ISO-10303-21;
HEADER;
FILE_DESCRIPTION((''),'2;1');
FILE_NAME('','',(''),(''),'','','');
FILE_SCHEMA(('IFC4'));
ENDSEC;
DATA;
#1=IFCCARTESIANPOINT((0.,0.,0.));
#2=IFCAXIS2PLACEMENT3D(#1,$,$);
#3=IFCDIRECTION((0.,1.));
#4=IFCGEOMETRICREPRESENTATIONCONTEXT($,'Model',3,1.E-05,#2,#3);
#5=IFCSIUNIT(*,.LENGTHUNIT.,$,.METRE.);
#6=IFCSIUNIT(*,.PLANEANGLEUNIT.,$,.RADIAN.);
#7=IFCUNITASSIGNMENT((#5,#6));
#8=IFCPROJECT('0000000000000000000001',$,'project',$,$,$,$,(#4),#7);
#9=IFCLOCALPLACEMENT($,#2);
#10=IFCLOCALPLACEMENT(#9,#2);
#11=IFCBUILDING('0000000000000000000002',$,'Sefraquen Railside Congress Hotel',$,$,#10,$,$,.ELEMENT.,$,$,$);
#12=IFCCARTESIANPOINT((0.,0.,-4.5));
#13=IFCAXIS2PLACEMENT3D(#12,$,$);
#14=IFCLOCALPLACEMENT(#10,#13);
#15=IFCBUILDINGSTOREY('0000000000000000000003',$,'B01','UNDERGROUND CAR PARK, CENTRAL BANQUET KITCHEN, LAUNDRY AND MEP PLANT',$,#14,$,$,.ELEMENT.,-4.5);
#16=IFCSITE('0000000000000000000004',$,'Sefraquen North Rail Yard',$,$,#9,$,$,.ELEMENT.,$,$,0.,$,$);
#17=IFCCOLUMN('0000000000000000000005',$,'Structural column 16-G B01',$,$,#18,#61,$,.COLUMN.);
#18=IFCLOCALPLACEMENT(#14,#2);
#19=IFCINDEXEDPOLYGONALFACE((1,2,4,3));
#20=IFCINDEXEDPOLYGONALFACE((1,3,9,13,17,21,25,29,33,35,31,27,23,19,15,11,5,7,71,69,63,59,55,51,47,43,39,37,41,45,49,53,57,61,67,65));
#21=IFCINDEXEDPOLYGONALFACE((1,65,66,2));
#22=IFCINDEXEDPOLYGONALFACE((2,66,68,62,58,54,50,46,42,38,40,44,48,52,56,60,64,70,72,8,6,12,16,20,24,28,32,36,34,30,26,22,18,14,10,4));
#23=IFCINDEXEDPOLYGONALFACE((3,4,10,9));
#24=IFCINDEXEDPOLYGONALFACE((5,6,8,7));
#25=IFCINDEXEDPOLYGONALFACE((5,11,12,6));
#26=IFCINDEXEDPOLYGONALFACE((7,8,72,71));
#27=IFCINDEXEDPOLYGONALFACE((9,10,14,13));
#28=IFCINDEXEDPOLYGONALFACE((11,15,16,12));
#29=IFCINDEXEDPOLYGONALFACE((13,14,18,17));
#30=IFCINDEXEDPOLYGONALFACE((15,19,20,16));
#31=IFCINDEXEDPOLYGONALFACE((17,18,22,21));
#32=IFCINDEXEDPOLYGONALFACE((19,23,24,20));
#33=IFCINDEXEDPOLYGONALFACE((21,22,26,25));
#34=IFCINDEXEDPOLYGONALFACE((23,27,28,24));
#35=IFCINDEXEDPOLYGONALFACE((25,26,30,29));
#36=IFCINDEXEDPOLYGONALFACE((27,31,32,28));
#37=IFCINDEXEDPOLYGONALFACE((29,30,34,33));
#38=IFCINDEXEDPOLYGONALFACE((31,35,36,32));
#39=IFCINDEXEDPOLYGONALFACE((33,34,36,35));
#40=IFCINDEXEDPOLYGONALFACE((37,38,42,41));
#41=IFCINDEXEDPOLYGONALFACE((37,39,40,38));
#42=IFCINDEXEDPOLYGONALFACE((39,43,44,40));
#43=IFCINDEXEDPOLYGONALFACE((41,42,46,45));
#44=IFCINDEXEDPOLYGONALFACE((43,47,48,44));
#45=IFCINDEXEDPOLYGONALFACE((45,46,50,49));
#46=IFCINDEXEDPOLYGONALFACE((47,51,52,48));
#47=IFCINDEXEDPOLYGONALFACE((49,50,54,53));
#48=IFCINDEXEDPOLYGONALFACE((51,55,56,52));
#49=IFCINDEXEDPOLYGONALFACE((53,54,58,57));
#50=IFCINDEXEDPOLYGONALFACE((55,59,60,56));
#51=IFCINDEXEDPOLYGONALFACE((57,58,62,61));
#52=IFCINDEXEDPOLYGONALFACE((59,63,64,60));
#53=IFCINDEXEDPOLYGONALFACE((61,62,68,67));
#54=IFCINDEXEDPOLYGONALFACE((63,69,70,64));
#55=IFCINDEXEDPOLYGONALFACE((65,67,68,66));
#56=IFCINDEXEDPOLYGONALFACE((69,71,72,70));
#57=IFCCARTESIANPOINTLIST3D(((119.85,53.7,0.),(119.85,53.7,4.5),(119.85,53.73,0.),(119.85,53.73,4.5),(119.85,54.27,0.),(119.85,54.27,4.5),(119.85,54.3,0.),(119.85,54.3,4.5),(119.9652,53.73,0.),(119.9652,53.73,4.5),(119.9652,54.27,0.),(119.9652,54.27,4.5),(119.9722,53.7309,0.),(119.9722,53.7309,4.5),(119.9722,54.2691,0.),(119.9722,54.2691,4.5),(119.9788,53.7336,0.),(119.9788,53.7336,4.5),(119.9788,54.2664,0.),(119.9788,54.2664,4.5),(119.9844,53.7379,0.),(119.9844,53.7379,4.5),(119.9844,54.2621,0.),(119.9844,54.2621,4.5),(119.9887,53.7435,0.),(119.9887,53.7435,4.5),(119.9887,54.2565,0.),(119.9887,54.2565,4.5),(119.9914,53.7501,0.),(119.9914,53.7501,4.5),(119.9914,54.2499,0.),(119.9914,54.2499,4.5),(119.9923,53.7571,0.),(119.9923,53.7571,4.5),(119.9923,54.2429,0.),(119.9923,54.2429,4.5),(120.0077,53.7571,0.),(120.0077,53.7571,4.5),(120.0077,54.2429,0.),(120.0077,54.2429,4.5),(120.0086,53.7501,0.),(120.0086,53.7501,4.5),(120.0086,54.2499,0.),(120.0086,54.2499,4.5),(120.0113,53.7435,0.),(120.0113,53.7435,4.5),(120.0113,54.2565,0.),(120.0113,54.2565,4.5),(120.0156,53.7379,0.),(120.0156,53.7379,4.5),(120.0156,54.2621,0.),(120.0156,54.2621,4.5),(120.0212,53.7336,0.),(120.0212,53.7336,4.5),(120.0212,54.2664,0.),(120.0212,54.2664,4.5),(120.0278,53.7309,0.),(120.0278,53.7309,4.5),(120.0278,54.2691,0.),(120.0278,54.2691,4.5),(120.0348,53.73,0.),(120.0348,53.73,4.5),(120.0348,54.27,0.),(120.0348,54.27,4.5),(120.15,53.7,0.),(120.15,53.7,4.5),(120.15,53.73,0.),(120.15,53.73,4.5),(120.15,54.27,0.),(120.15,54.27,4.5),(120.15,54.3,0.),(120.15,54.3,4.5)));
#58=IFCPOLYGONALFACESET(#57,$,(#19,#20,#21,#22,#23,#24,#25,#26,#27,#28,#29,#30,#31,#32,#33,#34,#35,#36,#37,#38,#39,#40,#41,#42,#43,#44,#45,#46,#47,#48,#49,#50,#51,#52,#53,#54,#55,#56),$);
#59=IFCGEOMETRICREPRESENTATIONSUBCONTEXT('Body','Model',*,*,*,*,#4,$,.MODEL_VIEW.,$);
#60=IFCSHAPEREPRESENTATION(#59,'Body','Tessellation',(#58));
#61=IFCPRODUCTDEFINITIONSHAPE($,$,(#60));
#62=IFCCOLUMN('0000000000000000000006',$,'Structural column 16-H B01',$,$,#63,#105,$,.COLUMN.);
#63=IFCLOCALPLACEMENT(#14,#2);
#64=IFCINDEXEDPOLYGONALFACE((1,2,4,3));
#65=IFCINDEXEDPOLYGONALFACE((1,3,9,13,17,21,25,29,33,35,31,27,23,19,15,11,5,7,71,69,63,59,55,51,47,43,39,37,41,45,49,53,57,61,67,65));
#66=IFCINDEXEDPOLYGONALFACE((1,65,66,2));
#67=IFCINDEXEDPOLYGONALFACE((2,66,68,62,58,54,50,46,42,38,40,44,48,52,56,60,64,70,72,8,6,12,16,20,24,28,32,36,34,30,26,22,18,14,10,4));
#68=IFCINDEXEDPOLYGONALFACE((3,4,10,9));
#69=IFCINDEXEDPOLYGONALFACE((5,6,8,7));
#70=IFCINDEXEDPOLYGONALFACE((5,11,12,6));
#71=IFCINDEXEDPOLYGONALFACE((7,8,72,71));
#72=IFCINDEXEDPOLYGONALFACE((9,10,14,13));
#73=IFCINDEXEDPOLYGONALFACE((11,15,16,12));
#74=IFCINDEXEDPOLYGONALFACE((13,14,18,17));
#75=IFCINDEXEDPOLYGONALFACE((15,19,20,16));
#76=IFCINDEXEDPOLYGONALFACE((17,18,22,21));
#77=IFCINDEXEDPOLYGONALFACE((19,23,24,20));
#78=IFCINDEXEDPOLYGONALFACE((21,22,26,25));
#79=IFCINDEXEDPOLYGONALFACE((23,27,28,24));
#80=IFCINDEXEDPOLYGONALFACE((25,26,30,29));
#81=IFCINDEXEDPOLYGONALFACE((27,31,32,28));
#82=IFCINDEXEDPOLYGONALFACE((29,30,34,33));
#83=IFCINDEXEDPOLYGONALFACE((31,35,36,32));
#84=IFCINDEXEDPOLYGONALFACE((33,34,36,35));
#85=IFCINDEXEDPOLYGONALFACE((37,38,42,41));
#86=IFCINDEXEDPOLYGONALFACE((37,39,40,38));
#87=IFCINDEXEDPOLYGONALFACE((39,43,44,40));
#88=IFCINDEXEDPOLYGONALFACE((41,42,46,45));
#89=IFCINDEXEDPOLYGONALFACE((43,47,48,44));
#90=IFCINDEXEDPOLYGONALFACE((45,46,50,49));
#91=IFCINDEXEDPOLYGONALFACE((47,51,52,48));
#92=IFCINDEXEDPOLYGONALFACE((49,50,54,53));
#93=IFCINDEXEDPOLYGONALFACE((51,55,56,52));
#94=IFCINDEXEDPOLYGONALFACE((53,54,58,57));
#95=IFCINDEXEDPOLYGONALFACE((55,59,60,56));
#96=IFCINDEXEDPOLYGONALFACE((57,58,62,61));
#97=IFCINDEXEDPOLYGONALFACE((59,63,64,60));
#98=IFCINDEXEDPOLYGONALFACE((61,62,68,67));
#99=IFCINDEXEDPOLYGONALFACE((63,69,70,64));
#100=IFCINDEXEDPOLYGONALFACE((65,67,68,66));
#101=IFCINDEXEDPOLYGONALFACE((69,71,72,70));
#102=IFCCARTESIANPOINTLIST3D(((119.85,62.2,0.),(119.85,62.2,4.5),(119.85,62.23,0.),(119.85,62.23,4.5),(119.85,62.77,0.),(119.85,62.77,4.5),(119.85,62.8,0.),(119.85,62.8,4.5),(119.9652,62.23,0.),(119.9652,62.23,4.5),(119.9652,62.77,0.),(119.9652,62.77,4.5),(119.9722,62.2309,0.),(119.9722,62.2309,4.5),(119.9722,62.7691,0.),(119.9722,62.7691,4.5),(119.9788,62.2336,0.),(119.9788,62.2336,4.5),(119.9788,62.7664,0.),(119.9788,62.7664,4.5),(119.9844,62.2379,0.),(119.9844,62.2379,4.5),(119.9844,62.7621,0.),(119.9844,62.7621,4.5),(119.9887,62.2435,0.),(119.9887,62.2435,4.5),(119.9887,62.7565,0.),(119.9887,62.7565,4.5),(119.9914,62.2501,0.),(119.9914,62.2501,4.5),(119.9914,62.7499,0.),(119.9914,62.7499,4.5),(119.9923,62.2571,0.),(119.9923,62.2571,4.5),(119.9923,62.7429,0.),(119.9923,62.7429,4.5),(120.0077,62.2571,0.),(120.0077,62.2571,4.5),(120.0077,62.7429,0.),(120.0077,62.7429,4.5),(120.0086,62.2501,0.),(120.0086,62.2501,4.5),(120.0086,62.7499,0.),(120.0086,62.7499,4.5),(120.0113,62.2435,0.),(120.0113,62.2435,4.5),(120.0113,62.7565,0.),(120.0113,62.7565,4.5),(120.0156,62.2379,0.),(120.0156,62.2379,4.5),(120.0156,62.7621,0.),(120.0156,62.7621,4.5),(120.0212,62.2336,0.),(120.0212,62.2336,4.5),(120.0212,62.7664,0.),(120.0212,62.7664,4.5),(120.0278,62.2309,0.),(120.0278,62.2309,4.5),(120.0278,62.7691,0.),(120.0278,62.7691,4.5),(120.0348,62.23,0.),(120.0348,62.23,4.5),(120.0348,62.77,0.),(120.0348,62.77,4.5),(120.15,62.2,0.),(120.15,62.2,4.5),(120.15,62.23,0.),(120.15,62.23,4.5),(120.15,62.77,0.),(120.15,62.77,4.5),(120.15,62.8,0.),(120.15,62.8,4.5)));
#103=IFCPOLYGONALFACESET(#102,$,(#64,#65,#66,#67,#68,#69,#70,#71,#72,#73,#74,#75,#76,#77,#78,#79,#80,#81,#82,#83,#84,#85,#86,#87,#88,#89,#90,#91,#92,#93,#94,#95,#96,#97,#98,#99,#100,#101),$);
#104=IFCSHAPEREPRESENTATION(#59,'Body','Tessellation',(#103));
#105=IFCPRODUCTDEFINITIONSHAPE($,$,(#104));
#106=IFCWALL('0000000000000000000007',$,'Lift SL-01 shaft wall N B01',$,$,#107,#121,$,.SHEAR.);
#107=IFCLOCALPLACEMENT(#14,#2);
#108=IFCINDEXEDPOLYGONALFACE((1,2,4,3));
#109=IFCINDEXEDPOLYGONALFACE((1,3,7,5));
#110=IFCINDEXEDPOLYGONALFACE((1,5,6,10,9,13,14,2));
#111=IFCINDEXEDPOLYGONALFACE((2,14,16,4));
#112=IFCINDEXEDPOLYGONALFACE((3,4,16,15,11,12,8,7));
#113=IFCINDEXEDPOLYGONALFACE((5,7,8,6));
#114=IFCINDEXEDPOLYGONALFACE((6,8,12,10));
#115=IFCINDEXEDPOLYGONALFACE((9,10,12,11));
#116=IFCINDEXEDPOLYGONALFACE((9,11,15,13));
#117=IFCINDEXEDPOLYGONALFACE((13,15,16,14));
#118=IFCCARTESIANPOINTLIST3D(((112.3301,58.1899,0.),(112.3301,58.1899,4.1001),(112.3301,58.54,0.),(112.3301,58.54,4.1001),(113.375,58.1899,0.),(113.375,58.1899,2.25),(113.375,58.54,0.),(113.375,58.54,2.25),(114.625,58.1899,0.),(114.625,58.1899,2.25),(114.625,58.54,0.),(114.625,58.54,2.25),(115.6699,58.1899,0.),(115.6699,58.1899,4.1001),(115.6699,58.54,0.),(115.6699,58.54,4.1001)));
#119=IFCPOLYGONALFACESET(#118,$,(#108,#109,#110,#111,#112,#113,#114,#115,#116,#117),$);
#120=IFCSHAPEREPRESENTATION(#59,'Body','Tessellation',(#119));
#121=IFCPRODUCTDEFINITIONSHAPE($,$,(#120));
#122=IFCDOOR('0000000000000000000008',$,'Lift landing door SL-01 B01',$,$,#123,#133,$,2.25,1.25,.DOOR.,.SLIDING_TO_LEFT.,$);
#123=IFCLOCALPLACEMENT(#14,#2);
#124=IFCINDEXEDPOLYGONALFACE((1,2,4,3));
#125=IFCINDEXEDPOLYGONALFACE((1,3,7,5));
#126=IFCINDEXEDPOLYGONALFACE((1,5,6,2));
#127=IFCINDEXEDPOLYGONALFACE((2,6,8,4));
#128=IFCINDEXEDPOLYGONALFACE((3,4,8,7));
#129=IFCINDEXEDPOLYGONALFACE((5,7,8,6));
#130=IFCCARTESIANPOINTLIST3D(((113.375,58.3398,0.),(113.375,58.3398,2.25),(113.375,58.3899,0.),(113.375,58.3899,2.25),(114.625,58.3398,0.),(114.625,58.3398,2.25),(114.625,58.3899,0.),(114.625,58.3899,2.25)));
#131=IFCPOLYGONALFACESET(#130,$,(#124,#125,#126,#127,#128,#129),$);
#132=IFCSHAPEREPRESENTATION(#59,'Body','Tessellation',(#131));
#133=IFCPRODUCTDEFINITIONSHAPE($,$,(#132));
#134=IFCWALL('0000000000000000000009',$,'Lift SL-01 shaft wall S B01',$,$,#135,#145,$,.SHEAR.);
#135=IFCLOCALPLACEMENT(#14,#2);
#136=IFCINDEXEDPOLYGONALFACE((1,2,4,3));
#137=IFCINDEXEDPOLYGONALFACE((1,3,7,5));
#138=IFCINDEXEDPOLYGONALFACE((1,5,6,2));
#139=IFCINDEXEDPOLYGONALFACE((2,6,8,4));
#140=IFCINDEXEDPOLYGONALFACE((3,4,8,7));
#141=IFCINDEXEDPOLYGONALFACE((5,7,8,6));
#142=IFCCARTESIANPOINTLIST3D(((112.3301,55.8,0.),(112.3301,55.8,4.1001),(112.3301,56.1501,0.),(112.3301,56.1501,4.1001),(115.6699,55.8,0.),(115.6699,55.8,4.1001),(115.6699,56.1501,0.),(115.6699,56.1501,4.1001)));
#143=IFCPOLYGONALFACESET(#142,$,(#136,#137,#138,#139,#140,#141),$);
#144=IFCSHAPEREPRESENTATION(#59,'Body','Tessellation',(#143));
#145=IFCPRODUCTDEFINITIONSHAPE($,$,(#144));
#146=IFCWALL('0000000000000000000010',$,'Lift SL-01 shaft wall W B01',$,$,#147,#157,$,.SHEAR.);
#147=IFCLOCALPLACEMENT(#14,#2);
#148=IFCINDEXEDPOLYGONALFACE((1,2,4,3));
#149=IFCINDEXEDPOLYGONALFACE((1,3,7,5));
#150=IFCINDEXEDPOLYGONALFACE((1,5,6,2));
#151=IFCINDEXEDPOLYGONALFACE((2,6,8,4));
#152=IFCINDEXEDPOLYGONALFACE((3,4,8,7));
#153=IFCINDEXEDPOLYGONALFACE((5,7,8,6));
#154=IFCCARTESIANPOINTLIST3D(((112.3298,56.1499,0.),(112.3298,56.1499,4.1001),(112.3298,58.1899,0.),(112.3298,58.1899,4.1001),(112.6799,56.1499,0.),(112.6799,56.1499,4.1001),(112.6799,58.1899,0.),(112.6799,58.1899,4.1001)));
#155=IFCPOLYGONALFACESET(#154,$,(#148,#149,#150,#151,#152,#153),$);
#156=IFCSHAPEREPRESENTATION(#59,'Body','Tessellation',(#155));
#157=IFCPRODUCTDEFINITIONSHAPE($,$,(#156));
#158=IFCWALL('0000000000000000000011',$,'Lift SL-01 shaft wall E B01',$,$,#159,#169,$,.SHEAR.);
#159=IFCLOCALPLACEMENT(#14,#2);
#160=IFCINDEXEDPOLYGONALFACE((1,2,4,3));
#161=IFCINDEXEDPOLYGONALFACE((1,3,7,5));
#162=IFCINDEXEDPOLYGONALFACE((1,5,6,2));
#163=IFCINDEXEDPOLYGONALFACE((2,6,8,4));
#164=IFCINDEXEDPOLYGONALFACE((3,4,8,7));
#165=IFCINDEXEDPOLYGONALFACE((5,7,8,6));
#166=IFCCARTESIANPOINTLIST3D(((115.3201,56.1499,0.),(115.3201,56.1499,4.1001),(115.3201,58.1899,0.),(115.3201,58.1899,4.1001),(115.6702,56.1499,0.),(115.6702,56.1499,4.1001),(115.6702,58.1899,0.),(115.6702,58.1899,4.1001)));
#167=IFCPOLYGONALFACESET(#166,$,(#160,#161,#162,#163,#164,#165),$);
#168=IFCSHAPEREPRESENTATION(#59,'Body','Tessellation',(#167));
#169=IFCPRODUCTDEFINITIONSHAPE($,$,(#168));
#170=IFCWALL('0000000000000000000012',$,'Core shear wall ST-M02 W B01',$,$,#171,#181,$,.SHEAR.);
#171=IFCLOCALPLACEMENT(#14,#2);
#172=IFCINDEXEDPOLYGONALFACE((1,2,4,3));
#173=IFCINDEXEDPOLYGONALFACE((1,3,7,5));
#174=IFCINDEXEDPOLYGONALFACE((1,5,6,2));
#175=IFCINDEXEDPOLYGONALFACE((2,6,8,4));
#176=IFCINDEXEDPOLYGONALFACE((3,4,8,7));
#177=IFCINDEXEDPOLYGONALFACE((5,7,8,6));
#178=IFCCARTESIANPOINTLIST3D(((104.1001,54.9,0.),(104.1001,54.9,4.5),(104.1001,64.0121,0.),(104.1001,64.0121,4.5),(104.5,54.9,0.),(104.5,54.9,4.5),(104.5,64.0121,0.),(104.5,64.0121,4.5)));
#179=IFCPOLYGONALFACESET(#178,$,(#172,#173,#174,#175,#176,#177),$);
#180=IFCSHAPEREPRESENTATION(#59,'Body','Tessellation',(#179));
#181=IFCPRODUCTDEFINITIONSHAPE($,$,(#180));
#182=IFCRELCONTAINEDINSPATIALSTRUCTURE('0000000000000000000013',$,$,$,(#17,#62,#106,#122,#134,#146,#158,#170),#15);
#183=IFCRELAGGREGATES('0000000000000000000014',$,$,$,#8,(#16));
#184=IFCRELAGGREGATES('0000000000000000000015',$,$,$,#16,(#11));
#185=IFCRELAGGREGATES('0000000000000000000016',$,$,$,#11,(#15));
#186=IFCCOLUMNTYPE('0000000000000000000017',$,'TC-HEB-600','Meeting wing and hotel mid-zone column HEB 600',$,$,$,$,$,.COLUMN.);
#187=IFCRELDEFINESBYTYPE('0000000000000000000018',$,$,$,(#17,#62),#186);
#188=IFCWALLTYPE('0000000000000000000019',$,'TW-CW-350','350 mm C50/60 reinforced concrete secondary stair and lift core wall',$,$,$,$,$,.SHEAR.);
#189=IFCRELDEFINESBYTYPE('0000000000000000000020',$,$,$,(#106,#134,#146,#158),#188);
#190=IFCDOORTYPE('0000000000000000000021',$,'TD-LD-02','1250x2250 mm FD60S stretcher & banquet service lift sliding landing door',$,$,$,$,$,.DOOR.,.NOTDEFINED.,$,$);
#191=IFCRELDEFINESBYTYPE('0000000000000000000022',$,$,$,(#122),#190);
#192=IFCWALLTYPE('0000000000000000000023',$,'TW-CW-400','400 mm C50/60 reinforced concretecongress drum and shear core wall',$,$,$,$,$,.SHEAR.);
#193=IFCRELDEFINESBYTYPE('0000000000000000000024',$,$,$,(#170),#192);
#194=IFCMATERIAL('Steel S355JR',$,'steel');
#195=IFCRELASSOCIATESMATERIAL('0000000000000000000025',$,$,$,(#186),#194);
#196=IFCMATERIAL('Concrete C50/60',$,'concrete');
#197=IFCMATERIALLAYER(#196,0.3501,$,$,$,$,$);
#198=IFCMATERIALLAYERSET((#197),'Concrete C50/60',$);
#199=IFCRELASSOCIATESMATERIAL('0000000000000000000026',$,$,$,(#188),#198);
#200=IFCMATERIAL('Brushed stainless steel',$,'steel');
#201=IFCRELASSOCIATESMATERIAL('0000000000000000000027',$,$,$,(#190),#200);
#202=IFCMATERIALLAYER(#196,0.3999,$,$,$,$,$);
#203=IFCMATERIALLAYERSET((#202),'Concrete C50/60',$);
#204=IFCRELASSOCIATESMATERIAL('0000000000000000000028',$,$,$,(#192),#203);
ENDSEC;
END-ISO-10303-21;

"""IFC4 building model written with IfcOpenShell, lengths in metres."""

from ifc_helpers import new_model, si_unit, direction, frame, frame_2d, origin, origin_2d, place, context, subcontext, project, spatial, rectangle, i_section, extrude, material, layer, layer_set, material_profile, profile_set, type_object, element, fill, save


model = new_model("IFC4")

# Units and contexts
model_context = context("Model", 3, precision=1e-05, world=origin(), true_north=direction((0.0, 1.0)))
body_context = subcontext(model_context, "Body", "Model", "MODEL_VIEW")
ifc_project = project(units=[si_unit("LENGTHUNIT", "METRE"), si_unit("PLANEANGLEUNIT", "RADIAN")], contexts=[model_context])

# Site, building, storey
site_placement = place(None, origin())
site = spatial("IfcSite", under=ifc_project, at=site_placement, Name="Sefraquen North Rail Yard", CompositionType="ELEMENT", RefElevation=0.0)
building_placement = place(site_placement, origin())
building = spatial("IfcBuilding", under=site, at=building_placement, Name="Sefraquen Railside Congress Hotel", CompositionType="ELEMENT")
storey_placement = place(building_placement, frame((0.0, 0.0, -4.5)))
storey = spatial("IfcBuildingStorey", under=building, at=storey_placement, Name="B01", Description="UNDERGROUND CAR PARK, CENTRAL BANQUET KITCHEN, LAUNDRY AND MEP PLANT", CompositionType="ELEMENT", Elevation=-4.5)

# Columns
ifc_material_1 = material(Name="Steel S355JR", Category="steel")
ifc_material_profile_1 = material_profile(ifc_material_1, i_section(OverallWidth=0.3, OverallDepth=0.6001, WebThickness=0.0154, FlangeThickness=0.03, FilletRadius=0.0271, at=origin_2d()), Name="HEB 600")
ifc_profile_set_1 = profile_set([ifc_material_profile_1], Name="Steel S355JR")
column_type_1 = type_object("IfcColumnType", Name="TC-HEB-600", Description="Meeting wing and hotel mid-zone column HEB 600", PredefinedType="COLUMN", material=ifc_profile_set_1)
for number, where, z_axis, x_axis, name in (
    (1, (120.0, 54.0, 0.0), (0.0, 0.0, 1.0), (1.0, 0.0, 0.0), "Structural column 16-G B01"),
    (2, (120.0, 62.5, 0.0), (0.0, 0.0, 1.0), (1.0, 0.0, 0.0), "Structural column 16-H B01"),
):
    element("IfcColumn", number, at=place(storey_placement, frame(where, z_axis=z_axis, x_axis=x_axis)), inside=storey, type_object=column_type_1, Name=name, PredefinedType="COLUMN", context=body_context, shape_type="SweptSolid", body=[
        extrude(i_section(OverallWidth=0.3, OverallDepth=0.6001, WebThickness=0.0154, FlangeThickness=0.03, FilletRadius=0.0271, at=origin_2d()), origin(), (0.0, 0.0, 1.0), 4.5),
    ])

# Wall, opening, door
ifc_material_2 = material(Name="Concrete C50/60", Category="concrete")
ifc_layer_1 = layer(ifc_material_2, 0.3501)
ifc_layer_set_1 = layer_set([ifc_layer_1], Name="Concrete C50/60")
wall_type_1 = type_object("IfcWallType", Name="TW-CW-350", Description="350 mm C50/60 reinforced concrete secondary stair and lift core wall", PredefinedType="SHEAR", material=ifc_layer_set_1)
wall_1_placement = place(storey_placement, frame((112.3301, 58.365, 0.0), z_axis=(0.0, 0.0, 1.0), x_axis=(1.0, 0.0, 0.0)))
wall_1 = element("IfcWall", 3, at=wall_1_placement, inside=storey, type_object=wall_type_1, Name="Lift SL-01 shaft wall N B01", PredefinedType="SHEAR", context=body_context, shape_type="SweptSolid", body=[
    extrude(rectangle(XDim=3.3398, YDim=0.3501, at=frame_2d((1.6699, 0.0))), origin(), (0.0, 0.0, 1.0), 4.1001),
])
opening_1_placement = place(wall_1_placement, frame((1.0449, 0.0, 0.0)))
opening_1 = element("IfcOpeningElement", 4, at=opening_1_placement, cuts=wall_1, PredefinedType="OPENING", context=body_context, shape_type="SweptSolid", body=[
    extrude(rectangle(XDim=1.25, YDim=2.25, at=frame_2d((0.625, 1.125))), frame((0.0, 0.1851, 0.0), z_axis=(0.0, -1.0, 0.0), x_axis=(1.0, 0.0, 0.0)), (0.0, 0.0, 1.0), 0.3701),
])
ifc_material_3 = material(Name="Brushed stainless steel", Category="steel")
door_type_1 = type_object("IfcDoorType", Name="TD-LD-02", Description="1250x2250 mm FD60S stretcher & banquet service lift sliding landing door", OperationType="NOTDEFINED", PredefinedType="DOOR", material=ifc_material_3)
door_1_placement = place(opening_1_placement, origin())
door_1 = element("IfcDoor", 5, at=door_1_placement, inside=storey, type_object=door_type_1, Name="Lift landing door SL-01 B01", OperationType="SLIDING_TO_LEFT", OverallHeight=2.25, OverallWidth=1.25, PredefinedType="DOOR", context=body_context, shape_type="SweptSolid", body=[
    extrude(rectangle(XDim=1.25, YDim=2.25, at=frame_2d((0.625, 1.125))), frame((0.0, 0.0249, 0.0), z_axis=(0.0, -1.0, 0.0), x_axis=(1.0, 0.0, 0.0)), (0.0, 0.0, 1.0), 0.05),
])
fill(opening_1, door_1)

# Walls
wall_2_placement = place(storey_placement, frame((112.3301, 55.9751, 0.0), z_axis=(0.0, 0.0, 1.0), x_axis=(1.0, 0.0, 0.0)))
element("IfcWall", 6, at=wall_2_placement, inside=storey, type_object=wall_type_1, Name="Lift SL-01 shaft wall S B01", PredefinedType="SHEAR", context=body_context, shape_type="SweptSolid", body=[
    extrude(rectangle(XDim=3.3398, YDim=0.3501, at=frame_2d((1.6699, 0.0))), origin(), (0.0, 0.0, 1.0), 4.1001),
])
for number, where, z_axis, x_axis, name in (
    (7, (112.5049, 56.1499, 0.0), (0.0, 0.0, 1.0), (0.0, 1.0, 0.0), "Lift SL-01 shaft wall W B01"),
    (8, (115.4951, 56.1499, 0.0), (0.0, 0.0, 1.0), (0.0, 1.0, 0.0), "Lift SL-01 shaft wall E B01"),
):
    element("IfcWall", number, at=place(storey_placement, frame(where, z_axis=z_axis, x_axis=x_axis)), inside=storey, type_object=wall_type_1, Name=name, PredefinedType="SHEAR", context=body_context, shape_type="SweptSolid", body=[
        extrude(rectangle(XDim=2.04, YDim=0.3501, at=frame_2d((1.02, 0.0))), origin(), (0.0, 0.0, 1.0), 4.1001),
    ])
ifc_layer_2 = layer(ifc_material_2, 0.3999)
ifc_layer_set_2 = layer_set([ifc_layer_2], Name="Concrete C50/60")
wall_type_2 = type_object("IfcWallType", Name="TW-CW-400", Description="400 mm C50/60 reinforced concretecongress drum and shear core wall", PredefinedType="SHEAR", material=ifc_layer_set_2)
wall_3_placement = place(storey_placement, frame((104.3, 54.8999, 0.0), z_axis=(0.0, 0.0, 1.0), x_axis=(0.0, 1.0, 0.0)))
element("IfcWall", 9, at=wall_3_placement, inside=storey, type_object=wall_type_2, Name="Core shear wall ST-M02 W B01", PredefinedType="SHEAR", context=body_context, shape_type="SweptSolid", body=[
    extrude(rectangle(XDim=9.1121, YDim=0.3999, at=frame_2d((4.5562, 0.0))), origin(), (0.0, 0.0, 1.0), 4.5),
])

save(model, "model.ifc")
